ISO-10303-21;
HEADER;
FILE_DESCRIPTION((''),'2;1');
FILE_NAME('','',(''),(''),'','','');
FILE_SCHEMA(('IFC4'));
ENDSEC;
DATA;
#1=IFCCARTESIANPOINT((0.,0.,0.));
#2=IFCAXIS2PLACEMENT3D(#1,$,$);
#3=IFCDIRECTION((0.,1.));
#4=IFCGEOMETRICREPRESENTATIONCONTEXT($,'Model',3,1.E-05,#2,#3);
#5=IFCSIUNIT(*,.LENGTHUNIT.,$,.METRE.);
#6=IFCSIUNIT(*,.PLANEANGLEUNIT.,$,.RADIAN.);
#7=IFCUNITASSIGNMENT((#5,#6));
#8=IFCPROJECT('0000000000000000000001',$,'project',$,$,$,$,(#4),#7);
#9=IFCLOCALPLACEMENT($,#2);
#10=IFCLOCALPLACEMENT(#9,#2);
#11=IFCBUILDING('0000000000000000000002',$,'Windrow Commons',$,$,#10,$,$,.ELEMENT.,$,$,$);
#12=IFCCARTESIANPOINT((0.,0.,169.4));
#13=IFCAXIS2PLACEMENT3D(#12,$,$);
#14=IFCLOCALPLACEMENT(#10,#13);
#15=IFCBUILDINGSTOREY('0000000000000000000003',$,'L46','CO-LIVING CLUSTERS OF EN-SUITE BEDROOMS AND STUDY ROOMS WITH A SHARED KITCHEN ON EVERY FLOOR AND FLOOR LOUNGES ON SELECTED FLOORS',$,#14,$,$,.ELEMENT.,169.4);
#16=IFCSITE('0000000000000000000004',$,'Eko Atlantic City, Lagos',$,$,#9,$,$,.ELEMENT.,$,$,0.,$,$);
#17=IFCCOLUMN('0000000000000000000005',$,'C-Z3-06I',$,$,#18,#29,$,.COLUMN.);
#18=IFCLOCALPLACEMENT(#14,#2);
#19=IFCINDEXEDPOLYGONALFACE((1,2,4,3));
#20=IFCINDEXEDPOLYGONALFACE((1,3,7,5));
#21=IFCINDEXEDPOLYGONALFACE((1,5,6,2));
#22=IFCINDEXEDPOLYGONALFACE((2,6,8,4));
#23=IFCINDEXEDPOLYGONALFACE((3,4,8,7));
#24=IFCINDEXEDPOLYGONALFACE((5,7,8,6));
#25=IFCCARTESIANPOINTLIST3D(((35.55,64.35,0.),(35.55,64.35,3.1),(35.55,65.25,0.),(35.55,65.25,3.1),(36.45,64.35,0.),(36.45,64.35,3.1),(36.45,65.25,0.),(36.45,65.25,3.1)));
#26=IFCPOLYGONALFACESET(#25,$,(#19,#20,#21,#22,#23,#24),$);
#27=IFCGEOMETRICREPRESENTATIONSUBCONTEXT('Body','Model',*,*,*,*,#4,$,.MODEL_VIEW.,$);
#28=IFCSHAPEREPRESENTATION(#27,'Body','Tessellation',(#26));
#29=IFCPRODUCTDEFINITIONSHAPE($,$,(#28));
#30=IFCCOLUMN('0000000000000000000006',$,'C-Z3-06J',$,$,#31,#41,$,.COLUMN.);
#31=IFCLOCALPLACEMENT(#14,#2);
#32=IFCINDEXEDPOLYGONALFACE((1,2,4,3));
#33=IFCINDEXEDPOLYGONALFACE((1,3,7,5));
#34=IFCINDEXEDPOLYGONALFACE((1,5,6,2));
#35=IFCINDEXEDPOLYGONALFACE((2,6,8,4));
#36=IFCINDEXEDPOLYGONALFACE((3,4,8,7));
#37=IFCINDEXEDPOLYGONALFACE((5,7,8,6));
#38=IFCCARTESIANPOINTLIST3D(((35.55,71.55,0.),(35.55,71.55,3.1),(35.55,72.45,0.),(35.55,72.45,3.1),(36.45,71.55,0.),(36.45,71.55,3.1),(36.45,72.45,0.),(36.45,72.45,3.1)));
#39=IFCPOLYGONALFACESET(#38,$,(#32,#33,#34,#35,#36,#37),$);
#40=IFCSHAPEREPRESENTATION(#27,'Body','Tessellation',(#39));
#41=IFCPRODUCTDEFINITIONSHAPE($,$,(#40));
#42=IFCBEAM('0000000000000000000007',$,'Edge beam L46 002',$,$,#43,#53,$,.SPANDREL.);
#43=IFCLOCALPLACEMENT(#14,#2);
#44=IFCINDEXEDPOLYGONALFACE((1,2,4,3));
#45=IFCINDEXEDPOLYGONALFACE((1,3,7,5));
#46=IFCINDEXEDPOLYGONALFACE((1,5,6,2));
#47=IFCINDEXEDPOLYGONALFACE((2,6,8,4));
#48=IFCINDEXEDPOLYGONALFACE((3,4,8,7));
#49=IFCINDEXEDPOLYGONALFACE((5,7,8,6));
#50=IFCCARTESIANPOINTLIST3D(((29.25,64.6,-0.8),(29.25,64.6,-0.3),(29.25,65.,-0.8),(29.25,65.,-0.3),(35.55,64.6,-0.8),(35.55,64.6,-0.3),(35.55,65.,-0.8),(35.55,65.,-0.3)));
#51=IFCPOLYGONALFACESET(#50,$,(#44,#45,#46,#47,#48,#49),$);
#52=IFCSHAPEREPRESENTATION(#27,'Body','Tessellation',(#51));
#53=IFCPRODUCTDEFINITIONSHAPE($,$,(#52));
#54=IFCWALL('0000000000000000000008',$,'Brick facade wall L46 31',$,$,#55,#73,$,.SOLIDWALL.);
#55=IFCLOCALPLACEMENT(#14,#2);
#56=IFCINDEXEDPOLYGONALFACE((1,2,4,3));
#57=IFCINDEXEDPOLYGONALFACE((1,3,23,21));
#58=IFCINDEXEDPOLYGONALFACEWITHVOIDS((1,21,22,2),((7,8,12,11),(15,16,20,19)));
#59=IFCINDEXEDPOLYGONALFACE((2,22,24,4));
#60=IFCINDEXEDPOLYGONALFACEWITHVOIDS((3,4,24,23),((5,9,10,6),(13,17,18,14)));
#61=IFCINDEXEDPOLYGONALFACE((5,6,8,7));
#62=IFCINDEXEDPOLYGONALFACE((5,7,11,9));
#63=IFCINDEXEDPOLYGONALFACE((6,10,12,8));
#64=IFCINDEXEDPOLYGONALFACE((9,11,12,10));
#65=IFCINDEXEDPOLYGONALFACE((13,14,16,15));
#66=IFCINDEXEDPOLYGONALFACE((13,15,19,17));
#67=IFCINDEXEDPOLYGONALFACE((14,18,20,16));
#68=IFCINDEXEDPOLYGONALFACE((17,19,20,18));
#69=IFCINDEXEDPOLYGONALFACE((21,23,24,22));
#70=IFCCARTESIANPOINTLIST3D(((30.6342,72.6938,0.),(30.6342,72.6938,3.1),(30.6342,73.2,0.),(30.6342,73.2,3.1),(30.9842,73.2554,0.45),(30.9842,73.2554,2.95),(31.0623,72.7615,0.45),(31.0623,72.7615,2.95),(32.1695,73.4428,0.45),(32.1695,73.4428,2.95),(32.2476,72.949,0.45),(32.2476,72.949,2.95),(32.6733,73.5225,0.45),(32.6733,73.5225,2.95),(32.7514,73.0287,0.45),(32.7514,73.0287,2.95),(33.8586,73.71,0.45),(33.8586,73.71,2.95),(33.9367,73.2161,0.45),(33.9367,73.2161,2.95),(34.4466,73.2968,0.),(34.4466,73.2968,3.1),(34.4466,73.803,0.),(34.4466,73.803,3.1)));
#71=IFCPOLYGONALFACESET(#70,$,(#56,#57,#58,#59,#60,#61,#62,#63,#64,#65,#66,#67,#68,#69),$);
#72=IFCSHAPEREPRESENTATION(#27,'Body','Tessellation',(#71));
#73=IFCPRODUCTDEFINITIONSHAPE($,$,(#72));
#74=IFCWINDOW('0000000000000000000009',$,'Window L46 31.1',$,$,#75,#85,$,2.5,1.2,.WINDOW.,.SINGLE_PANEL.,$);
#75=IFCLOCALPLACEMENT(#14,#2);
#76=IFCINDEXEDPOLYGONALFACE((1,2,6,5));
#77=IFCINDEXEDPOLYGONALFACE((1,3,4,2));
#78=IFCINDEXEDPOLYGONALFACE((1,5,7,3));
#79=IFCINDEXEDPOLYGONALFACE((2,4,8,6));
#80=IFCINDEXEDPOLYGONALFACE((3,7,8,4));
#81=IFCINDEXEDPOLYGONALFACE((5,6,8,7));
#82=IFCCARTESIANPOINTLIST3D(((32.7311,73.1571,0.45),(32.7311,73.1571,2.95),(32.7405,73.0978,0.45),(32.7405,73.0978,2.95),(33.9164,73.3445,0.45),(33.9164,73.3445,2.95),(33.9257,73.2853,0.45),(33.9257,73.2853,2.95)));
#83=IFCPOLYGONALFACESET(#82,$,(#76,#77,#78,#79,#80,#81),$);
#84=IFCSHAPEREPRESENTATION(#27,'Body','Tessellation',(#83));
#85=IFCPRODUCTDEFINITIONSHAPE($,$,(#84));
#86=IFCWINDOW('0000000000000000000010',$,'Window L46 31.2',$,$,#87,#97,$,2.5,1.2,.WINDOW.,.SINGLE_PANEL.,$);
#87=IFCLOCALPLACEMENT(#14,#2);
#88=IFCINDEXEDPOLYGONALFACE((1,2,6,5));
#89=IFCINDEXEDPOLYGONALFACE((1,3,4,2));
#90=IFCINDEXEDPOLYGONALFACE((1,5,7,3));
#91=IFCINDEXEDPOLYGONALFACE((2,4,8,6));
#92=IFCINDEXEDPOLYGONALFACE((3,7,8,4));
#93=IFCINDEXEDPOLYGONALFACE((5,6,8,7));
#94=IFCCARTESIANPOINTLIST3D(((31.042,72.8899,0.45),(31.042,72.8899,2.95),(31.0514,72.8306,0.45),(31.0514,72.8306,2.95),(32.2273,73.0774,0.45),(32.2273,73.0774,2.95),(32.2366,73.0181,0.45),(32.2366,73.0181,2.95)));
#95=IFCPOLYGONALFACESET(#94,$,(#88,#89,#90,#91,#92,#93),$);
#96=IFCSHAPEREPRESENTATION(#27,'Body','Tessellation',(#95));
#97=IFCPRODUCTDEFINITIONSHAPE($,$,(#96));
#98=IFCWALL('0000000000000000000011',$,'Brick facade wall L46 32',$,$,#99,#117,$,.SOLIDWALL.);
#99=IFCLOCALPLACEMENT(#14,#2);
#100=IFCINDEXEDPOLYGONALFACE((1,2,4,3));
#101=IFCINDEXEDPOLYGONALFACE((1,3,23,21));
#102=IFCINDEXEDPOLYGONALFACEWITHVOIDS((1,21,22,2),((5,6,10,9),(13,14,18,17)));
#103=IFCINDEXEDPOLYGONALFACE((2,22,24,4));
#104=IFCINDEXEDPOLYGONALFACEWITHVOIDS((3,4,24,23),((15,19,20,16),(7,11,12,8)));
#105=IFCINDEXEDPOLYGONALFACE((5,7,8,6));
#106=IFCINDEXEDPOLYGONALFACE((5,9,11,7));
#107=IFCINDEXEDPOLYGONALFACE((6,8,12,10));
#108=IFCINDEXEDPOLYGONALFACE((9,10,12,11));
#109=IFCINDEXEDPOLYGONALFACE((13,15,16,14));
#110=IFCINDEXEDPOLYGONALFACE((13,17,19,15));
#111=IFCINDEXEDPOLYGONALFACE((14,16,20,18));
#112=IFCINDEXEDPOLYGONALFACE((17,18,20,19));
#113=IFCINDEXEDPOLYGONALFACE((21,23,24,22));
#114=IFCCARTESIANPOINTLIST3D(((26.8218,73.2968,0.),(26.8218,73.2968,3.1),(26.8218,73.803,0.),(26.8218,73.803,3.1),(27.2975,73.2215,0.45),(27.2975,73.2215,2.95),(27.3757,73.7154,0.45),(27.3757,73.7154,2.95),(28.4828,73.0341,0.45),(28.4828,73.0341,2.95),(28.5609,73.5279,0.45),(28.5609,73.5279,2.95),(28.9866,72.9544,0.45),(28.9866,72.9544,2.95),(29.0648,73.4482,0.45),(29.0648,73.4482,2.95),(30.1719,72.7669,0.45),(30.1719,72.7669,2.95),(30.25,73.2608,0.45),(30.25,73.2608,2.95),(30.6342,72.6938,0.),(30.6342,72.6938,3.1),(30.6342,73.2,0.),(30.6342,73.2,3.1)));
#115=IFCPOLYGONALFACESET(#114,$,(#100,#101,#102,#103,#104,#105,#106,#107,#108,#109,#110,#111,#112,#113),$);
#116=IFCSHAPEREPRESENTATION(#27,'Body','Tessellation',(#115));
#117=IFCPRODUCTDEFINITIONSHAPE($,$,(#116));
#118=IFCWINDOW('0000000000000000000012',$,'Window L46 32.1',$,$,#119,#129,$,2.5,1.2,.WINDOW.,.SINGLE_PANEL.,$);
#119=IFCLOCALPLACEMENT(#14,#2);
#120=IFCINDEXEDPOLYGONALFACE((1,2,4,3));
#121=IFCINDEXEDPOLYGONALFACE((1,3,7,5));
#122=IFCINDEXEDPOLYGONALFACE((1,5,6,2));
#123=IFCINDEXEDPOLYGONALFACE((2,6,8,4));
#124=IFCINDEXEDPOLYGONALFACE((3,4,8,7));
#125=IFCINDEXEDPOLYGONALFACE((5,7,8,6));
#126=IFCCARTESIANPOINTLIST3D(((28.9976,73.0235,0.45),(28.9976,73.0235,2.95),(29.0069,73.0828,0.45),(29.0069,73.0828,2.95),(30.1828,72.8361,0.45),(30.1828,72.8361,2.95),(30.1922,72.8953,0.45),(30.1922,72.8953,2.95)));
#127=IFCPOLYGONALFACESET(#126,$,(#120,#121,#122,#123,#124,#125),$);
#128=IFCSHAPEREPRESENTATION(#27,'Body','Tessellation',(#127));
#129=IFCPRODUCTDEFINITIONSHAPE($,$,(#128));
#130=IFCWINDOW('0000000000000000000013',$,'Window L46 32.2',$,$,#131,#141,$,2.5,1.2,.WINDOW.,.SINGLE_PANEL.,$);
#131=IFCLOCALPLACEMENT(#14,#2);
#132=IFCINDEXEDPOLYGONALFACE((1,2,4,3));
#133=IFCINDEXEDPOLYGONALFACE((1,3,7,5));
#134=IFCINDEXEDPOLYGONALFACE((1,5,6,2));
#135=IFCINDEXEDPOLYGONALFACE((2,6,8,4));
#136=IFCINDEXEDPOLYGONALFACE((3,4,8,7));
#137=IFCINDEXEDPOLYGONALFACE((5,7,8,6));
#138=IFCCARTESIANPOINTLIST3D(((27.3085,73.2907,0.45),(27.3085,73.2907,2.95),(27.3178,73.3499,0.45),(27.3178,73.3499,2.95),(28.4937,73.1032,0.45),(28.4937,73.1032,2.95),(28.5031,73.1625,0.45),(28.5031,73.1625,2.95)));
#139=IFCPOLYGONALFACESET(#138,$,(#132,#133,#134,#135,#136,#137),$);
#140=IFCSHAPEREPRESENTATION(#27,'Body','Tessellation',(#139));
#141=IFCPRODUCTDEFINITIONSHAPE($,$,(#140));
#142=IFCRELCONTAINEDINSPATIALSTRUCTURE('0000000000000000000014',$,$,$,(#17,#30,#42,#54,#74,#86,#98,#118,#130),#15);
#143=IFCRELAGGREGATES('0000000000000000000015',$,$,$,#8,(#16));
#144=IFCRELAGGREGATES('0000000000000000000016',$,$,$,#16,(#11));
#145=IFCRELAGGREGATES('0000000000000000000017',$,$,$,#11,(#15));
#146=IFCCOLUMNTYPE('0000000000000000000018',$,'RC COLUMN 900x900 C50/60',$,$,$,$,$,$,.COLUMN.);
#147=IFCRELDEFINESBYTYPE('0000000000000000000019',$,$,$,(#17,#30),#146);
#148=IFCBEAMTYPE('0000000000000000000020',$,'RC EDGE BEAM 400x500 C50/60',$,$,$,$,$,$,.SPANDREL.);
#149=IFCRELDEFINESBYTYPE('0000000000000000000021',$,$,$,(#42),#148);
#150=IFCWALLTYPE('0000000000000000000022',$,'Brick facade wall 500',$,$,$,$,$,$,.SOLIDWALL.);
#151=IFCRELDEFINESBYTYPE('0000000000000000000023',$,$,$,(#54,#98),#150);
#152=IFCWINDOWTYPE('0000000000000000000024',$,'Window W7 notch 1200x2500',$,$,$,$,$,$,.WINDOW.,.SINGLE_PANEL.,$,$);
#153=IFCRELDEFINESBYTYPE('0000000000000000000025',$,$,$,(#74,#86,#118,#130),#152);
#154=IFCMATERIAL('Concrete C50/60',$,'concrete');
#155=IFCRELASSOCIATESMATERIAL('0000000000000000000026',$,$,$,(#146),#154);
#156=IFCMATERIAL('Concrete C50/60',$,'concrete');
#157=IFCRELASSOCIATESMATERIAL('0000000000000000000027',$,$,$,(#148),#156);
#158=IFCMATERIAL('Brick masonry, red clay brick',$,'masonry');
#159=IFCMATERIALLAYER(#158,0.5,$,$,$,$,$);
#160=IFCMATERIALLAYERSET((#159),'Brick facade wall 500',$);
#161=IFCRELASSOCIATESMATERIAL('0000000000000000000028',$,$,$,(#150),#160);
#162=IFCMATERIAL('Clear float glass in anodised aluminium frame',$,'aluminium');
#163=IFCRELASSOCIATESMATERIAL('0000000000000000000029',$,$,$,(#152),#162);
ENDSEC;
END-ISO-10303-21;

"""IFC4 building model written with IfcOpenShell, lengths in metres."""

from ifc_helpers import new_model, si_unit, direction, frame, frame_2d, origin, origin_2d, place, context, subcontext, project, spatial, polyline, rectangle, outline, extrude, material, layer, layer_set, material_profile, profile_set, type_object, element, fill, save


model = new_model("IFC4")

# Units and contexts
model_context = context("Model", 3, precision=1e-05, world=origin(), true_north=direction((0.0, 1.0)))
body_context = subcontext(model_context, "Body", "Model", "MODEL_VIEW")
ifc_project = project(units=[si_unit("LENGTHUNIT", "METRE"), si_unit("PLANEANGLEUNIT", "RADIAN")], contexts=[model_context])

# Site, building, storey
site_placement = place(None, origin())
site = spatial("IfcSite", under=ifc_project, at=site_placement, Name="Eko Atlantic City, Lagos", CompositionType="ELEMENT", RefElevation=0.0)
building_placement = place(site_placement, origin())
building = spatial("IfcBuilding", under=site, at=building_placement, Name="Windrow Commons", CompositionType="ELEMENT")
storey_placement = place(building_placement, frame((0.0, 0.0, 169.4)))
storey = spatial("IfcBuildingStorey", under=building, at=storey_placement, Name="L46", Description="CO-LIVING CLUSTERS OF EN-SUITE BEDROOMS AND STUDY ROOMS WITH A SHARED KITCHEN ON EVERY FLOOR AND FLOOR LOUNGES ON SELECTED FLOORS", CompositionType="ELEMENT", Elevation=169.4)

# Columns
ifc_material_1 = material(Name="Concrete C50/60", Category="concrete")
ifc_material_profile_1 = material_profile(ifc_material_1, rectangle(XDim=0.9, YDim=0.9, at=origin_2d()))
ifc_profile_set_1 = profile_set([ifc_material_profile_1], Name="Concrete C50/60")
column_type = type_object("IfcColumnType", Name="RC COLUMN 900x900 C50/60", PredefinedType="COLUMN", material=ifc_profile_set_1)
for number, where, z_axis, x_axis, name in (
    (1, (36.0, 64.8, 0.0), (0.0, 0.0, 1.0), (1.0, 0.0, 0.0), "C-Z3-06I"),
    (2, (36.0, 72.0, 0.0), (0.0, 0.0, 1.0), (1.0, 0.0, 0.0), "C-Z3-06J"),
):
    element("IfcColumn", number, at=place(storey_placement, frame(where, z_axis=z_axis, x_axis=x_axis)), inside=storey, type_object=column_type, Name=name, PredefinedType="COLUMN", context=body_context, shape_type="SweptSolid", body=[
        extrude(rectangle(XDim=0.9, YDim=0.9, at=origin_2d()), origin(), (0.0, 0.0, 1.0), 3.1),
    ])

# Beam
ifc_material_2 = material(Name="Concrete C50/60", Category="concrete")
ifc_material_profile_2 = material_profile(ifc_material_2, rectangle(XDim=0.4, YDim=0.5, at=origin_2d()))
ifc_profile_set_2 = profile_set([ifc_material_profile_2], Name="Concrete C50/60")
beam_type = type_object("IfcBeamType", Name="RC EDGE BEAM 400x500 C50/60", PredefinedType="SPANDREL", material=ifc_profile_set_2)
beam_placement = place(storey_placement, frame((35.55, 64.8, -0.55), z_axis=(-1.0, 0.0, 0.0), x_axis=(0.0, -1.0, 0.0)))
element("IfcBeam", 3, at=beam_placement, inside=storey, type_object=beam_type, Name="Edge beam L46 002", PredefinedType="SPANDREL", context=body_context, shape_type="SweptSolid", body=[
    extrude(rectangle(XDim=0.4, YDim=0.5, at=origin_2d()), origin(), (0.0, 0.0, 1.0), 6.3),
])

# Walls, openings, windows
ifc_material_3 = material(Name="Brick masonry, red clay brick", Category="masonry")
ifc_layer_1 = layer(ifc_material_3, 0.5)
ifc_layer_set_1 = layer_set([ifc_layer_1], Name="Brick facade wall 500")
wall_type_1 = type_object("IfcWallType", Name="Brick facade wall 500", PredefinedType="SOLIDWALL", material=ifc_layer_set_1)
wall_1_placement = place(storey_placement, frame((34.4466, 73.5499, 0.0), z_axis=(0.0, 0.0, 1.0), x_axis=(-0.987721, -0.156226, 0.0)))
wall_1 = element("IfcWall", 4, at=wall_1_placement, inside=storey, type_object=wall_type_1, Name="Brick facade wall L46 31", PredefinedType="SOLIDWALL", context=body_context, shape_type="SweptSolid", body=[
    extrude(outline(polyline([(-0.0395, -0.25), (3.8203, -0.25), (3.8993, 0.25), (0.0395, 0.25), (-0.0395, -0.25)])), origin(), (0.0, 0.0, 1.0), 3.1),
])
opening_1_placement = place(wall_1_placement, frame((0.5558, 0.0, 0.45)))
opening_1 = element("IfcOpeningElement", 5, at=opening_1_placement, cuts=wall_1, PredefinedType="OPENING", context=body_context, shape_type="SweptSolid", body=[
    extrude(rectangle(XDim=1.2, YDim=2.5, at=frame_2d((0.6, 1.25))), frame((0.0, 0.26, 0.0), z_axis=(0.0, -1.0, 0.0), x_axis=(1.0, 0.0, 0.0)), (0.0, 0.0, 1.0), 0.52),
])
opening_2_placement = place(wall_1_placement, frame((2.2659, 0.0, 0.45)))
opening_2 = element("IfcOpeningElement", 6, at=opening_2_placement, cuts=wall_1, PredefinedType="OPENING", context=body_context, shape_type="SweptSolid", body=[
    extrude(rectangle(XDim=1.2, YDim=2.5, at=frame_2d((0.6, 1.25))), frame((0.0, 0.26, 0.0), z_axis=(0.0, -1.0, 0.0), x_axis=(1.0, 0.0, 0.0)), (0.0, 0.0, 1.0), 0.52),
])
ifc_material_4 = material(Name="Clear float glass in anodised aluminium frame", Category="aluminium")
window_type_1 = type_object("IfcWindowType", Name="Window W7 notch 1200x2500", PartitioningType="SINGLE_PANEL", PredefinedType="WINDOW", material=ifc_material_4)
window_1_placement = place(opening_1_placement, origin())
window_1 = element("IfcWindow", 7, at=window_1_placement, inside=storey, type_object=window_type_1, Name="Window L46 31.1", OverallHeight=2.5, OverallWidth=1.2, PartitioningType="SINGLE_PANEL", PredefinedType="WINDOW", context=body_context, shape_type="SweptSolid", body=[
    extrude(rectangle(XDim=1.2, YDim=2.5, at=frame_2d((0.6, 1.25))), frame((0.0, 0.18, 0.0), z_axis=(0.0, -1.0, 0.0), x_axis=(1.0, 0.0, 0.0)), (0.0, 0.0, 1.0), 0.06),
])
fill(opening_1, window_1)
window_2_placement = place(opening_2_placement, origin())
window_2 = element("IfcWindow", 8, at=window_2_placement, inside=storey, type_object=window_type_1, Name="Window L46 31.2", OverallHeight=2.5, OverallWidth=1.2, PartitioningType="SINGLE_PANEL", PredefinedType="WINDOW", context=body_context, shape_type="SweptSolid", body=[
    extrude(rectangle(XDim=1.2, YDim=2.5, at=frame_2d((0.6, 1.25))), frame((0.0, 0.18, 0.0), z_axis=(0.0, -1.0, 0.0), x_axis=(1.0, 0.0, 0.0)), (0.0, 0.0, 1.0), 0.06),
])
fill(opening_2, window_2)
wall_2_placement = place(storey_placement, frame((30.6342, 72.9469, 0.0), z_axis=(0.0, 0.0, 1.0), x_axis=(-0.987721, 0.156226, 0.0)))
wall_2 = element("IfcWall", 9, at=wall_2_placement, inside=storey, type_object=wall_type_1, Name="Brick facade wall L46 32", PredefinedType="SOLIDWALL", context=body_context, shape_type="SweptSolid", body=[
    extrude(outline(polyline([(0.0395, -0.25), (3.8993, -0.25), (3.8203, 0.25), (-0.0395, 0.25), (0.0395, -0.25)])), origin(), (0.0, 0.0, 1.0), 3.1),
])
opening_3_placement = place(wall_2_placement, frame((0.4285, 0.0, 0.45)))
opening_3 = element("IfcOpeningElement", 10, at=opening_3_placement, cuts=wall_2, PredefinedType="OPENING", context=body_context, shape_type="SweptSolid", body=[
    extrude(rectangle(XDim=1.2, YDim=2.5, at=frame_2d((0.6, 1.25))), frame((0.0, 0.26, 0.0), z_axis=(0.0, -1.0, 0.0), x_axis=(1.0, 0.0, 0.0)), (0.0, 0.0, 1.0), 0.52),
])
opening_4_placement = place(wall_2_placement, frame((2.1386, 0.0, 0.45)))
opening_4 = element("IfcOpeningElement", 11, at=opening_4_placement, cuts=wall_2, PredefinedType="OPENING", context=body_context, shape_type="SweptSolid", body=[
    extrude(rectangle(XDim=1.2, YDim=2.5, at=frame_2d((0.6, 1.25))), frame((0.0, 0.26, 0.0), z_axis=(0.0, -1.0, 0.0), x_axis=(1.0, 0.0, 0.0)), (0.0, 0.0, 1.0), 0.52),
])
window_3_placement = place(opening_3_placement, origin())
window_3 = element("IfcWindow", 12, at=window_3_placement, inside=storey, type_object=window_type_1, Name="Window L46 32.1", OverallHeight=2.5, OverallWidth=1.2, PartitioningType="SINGLE_PANEL", PredefinedType="WINDOW", context=body_context, shape_type="SweptSolid", body=[
    extrude(rectangle(XDim=1.2, YDim=2.5, at=frame_2d((0.6, 1.25))), frame((0.0, 0.18, 0.0), z_axis=(0.0, -1.0, 0.0), x_axis=(1.0, 0.0, 0.0)), (0.0, 0.0, 1.0), 0.06),
])
fill(opening_3, window_3)
window_4_placement = place(opening_4_placement, origin())
window_4 = element("IfcWindow", 13, at=window_4_placement, inside=storey, type_object=window_type_1, Name="Window L46 32.2", OverallHeight=2.5, OverallWidth=1.2, PartitioningType="SINGLE_PANEL", PredefinedType="WINDOW", context=body_context, shape_type="SweptSolid", body=[
    extrude(rectangle(XDim=1.2, YDim=2.5, at=frame_2d((0.6, 1.25))), frame((0.0, 0.18, 0.0), z_axis=(0.0, -1.0, 0.0), x_axis=(1.0, 0.0, 0.0)), (0.0, 0.0, 1.0), 0.06),
])
fill(opening_4, window_4)

save(model, "model.ifc")
